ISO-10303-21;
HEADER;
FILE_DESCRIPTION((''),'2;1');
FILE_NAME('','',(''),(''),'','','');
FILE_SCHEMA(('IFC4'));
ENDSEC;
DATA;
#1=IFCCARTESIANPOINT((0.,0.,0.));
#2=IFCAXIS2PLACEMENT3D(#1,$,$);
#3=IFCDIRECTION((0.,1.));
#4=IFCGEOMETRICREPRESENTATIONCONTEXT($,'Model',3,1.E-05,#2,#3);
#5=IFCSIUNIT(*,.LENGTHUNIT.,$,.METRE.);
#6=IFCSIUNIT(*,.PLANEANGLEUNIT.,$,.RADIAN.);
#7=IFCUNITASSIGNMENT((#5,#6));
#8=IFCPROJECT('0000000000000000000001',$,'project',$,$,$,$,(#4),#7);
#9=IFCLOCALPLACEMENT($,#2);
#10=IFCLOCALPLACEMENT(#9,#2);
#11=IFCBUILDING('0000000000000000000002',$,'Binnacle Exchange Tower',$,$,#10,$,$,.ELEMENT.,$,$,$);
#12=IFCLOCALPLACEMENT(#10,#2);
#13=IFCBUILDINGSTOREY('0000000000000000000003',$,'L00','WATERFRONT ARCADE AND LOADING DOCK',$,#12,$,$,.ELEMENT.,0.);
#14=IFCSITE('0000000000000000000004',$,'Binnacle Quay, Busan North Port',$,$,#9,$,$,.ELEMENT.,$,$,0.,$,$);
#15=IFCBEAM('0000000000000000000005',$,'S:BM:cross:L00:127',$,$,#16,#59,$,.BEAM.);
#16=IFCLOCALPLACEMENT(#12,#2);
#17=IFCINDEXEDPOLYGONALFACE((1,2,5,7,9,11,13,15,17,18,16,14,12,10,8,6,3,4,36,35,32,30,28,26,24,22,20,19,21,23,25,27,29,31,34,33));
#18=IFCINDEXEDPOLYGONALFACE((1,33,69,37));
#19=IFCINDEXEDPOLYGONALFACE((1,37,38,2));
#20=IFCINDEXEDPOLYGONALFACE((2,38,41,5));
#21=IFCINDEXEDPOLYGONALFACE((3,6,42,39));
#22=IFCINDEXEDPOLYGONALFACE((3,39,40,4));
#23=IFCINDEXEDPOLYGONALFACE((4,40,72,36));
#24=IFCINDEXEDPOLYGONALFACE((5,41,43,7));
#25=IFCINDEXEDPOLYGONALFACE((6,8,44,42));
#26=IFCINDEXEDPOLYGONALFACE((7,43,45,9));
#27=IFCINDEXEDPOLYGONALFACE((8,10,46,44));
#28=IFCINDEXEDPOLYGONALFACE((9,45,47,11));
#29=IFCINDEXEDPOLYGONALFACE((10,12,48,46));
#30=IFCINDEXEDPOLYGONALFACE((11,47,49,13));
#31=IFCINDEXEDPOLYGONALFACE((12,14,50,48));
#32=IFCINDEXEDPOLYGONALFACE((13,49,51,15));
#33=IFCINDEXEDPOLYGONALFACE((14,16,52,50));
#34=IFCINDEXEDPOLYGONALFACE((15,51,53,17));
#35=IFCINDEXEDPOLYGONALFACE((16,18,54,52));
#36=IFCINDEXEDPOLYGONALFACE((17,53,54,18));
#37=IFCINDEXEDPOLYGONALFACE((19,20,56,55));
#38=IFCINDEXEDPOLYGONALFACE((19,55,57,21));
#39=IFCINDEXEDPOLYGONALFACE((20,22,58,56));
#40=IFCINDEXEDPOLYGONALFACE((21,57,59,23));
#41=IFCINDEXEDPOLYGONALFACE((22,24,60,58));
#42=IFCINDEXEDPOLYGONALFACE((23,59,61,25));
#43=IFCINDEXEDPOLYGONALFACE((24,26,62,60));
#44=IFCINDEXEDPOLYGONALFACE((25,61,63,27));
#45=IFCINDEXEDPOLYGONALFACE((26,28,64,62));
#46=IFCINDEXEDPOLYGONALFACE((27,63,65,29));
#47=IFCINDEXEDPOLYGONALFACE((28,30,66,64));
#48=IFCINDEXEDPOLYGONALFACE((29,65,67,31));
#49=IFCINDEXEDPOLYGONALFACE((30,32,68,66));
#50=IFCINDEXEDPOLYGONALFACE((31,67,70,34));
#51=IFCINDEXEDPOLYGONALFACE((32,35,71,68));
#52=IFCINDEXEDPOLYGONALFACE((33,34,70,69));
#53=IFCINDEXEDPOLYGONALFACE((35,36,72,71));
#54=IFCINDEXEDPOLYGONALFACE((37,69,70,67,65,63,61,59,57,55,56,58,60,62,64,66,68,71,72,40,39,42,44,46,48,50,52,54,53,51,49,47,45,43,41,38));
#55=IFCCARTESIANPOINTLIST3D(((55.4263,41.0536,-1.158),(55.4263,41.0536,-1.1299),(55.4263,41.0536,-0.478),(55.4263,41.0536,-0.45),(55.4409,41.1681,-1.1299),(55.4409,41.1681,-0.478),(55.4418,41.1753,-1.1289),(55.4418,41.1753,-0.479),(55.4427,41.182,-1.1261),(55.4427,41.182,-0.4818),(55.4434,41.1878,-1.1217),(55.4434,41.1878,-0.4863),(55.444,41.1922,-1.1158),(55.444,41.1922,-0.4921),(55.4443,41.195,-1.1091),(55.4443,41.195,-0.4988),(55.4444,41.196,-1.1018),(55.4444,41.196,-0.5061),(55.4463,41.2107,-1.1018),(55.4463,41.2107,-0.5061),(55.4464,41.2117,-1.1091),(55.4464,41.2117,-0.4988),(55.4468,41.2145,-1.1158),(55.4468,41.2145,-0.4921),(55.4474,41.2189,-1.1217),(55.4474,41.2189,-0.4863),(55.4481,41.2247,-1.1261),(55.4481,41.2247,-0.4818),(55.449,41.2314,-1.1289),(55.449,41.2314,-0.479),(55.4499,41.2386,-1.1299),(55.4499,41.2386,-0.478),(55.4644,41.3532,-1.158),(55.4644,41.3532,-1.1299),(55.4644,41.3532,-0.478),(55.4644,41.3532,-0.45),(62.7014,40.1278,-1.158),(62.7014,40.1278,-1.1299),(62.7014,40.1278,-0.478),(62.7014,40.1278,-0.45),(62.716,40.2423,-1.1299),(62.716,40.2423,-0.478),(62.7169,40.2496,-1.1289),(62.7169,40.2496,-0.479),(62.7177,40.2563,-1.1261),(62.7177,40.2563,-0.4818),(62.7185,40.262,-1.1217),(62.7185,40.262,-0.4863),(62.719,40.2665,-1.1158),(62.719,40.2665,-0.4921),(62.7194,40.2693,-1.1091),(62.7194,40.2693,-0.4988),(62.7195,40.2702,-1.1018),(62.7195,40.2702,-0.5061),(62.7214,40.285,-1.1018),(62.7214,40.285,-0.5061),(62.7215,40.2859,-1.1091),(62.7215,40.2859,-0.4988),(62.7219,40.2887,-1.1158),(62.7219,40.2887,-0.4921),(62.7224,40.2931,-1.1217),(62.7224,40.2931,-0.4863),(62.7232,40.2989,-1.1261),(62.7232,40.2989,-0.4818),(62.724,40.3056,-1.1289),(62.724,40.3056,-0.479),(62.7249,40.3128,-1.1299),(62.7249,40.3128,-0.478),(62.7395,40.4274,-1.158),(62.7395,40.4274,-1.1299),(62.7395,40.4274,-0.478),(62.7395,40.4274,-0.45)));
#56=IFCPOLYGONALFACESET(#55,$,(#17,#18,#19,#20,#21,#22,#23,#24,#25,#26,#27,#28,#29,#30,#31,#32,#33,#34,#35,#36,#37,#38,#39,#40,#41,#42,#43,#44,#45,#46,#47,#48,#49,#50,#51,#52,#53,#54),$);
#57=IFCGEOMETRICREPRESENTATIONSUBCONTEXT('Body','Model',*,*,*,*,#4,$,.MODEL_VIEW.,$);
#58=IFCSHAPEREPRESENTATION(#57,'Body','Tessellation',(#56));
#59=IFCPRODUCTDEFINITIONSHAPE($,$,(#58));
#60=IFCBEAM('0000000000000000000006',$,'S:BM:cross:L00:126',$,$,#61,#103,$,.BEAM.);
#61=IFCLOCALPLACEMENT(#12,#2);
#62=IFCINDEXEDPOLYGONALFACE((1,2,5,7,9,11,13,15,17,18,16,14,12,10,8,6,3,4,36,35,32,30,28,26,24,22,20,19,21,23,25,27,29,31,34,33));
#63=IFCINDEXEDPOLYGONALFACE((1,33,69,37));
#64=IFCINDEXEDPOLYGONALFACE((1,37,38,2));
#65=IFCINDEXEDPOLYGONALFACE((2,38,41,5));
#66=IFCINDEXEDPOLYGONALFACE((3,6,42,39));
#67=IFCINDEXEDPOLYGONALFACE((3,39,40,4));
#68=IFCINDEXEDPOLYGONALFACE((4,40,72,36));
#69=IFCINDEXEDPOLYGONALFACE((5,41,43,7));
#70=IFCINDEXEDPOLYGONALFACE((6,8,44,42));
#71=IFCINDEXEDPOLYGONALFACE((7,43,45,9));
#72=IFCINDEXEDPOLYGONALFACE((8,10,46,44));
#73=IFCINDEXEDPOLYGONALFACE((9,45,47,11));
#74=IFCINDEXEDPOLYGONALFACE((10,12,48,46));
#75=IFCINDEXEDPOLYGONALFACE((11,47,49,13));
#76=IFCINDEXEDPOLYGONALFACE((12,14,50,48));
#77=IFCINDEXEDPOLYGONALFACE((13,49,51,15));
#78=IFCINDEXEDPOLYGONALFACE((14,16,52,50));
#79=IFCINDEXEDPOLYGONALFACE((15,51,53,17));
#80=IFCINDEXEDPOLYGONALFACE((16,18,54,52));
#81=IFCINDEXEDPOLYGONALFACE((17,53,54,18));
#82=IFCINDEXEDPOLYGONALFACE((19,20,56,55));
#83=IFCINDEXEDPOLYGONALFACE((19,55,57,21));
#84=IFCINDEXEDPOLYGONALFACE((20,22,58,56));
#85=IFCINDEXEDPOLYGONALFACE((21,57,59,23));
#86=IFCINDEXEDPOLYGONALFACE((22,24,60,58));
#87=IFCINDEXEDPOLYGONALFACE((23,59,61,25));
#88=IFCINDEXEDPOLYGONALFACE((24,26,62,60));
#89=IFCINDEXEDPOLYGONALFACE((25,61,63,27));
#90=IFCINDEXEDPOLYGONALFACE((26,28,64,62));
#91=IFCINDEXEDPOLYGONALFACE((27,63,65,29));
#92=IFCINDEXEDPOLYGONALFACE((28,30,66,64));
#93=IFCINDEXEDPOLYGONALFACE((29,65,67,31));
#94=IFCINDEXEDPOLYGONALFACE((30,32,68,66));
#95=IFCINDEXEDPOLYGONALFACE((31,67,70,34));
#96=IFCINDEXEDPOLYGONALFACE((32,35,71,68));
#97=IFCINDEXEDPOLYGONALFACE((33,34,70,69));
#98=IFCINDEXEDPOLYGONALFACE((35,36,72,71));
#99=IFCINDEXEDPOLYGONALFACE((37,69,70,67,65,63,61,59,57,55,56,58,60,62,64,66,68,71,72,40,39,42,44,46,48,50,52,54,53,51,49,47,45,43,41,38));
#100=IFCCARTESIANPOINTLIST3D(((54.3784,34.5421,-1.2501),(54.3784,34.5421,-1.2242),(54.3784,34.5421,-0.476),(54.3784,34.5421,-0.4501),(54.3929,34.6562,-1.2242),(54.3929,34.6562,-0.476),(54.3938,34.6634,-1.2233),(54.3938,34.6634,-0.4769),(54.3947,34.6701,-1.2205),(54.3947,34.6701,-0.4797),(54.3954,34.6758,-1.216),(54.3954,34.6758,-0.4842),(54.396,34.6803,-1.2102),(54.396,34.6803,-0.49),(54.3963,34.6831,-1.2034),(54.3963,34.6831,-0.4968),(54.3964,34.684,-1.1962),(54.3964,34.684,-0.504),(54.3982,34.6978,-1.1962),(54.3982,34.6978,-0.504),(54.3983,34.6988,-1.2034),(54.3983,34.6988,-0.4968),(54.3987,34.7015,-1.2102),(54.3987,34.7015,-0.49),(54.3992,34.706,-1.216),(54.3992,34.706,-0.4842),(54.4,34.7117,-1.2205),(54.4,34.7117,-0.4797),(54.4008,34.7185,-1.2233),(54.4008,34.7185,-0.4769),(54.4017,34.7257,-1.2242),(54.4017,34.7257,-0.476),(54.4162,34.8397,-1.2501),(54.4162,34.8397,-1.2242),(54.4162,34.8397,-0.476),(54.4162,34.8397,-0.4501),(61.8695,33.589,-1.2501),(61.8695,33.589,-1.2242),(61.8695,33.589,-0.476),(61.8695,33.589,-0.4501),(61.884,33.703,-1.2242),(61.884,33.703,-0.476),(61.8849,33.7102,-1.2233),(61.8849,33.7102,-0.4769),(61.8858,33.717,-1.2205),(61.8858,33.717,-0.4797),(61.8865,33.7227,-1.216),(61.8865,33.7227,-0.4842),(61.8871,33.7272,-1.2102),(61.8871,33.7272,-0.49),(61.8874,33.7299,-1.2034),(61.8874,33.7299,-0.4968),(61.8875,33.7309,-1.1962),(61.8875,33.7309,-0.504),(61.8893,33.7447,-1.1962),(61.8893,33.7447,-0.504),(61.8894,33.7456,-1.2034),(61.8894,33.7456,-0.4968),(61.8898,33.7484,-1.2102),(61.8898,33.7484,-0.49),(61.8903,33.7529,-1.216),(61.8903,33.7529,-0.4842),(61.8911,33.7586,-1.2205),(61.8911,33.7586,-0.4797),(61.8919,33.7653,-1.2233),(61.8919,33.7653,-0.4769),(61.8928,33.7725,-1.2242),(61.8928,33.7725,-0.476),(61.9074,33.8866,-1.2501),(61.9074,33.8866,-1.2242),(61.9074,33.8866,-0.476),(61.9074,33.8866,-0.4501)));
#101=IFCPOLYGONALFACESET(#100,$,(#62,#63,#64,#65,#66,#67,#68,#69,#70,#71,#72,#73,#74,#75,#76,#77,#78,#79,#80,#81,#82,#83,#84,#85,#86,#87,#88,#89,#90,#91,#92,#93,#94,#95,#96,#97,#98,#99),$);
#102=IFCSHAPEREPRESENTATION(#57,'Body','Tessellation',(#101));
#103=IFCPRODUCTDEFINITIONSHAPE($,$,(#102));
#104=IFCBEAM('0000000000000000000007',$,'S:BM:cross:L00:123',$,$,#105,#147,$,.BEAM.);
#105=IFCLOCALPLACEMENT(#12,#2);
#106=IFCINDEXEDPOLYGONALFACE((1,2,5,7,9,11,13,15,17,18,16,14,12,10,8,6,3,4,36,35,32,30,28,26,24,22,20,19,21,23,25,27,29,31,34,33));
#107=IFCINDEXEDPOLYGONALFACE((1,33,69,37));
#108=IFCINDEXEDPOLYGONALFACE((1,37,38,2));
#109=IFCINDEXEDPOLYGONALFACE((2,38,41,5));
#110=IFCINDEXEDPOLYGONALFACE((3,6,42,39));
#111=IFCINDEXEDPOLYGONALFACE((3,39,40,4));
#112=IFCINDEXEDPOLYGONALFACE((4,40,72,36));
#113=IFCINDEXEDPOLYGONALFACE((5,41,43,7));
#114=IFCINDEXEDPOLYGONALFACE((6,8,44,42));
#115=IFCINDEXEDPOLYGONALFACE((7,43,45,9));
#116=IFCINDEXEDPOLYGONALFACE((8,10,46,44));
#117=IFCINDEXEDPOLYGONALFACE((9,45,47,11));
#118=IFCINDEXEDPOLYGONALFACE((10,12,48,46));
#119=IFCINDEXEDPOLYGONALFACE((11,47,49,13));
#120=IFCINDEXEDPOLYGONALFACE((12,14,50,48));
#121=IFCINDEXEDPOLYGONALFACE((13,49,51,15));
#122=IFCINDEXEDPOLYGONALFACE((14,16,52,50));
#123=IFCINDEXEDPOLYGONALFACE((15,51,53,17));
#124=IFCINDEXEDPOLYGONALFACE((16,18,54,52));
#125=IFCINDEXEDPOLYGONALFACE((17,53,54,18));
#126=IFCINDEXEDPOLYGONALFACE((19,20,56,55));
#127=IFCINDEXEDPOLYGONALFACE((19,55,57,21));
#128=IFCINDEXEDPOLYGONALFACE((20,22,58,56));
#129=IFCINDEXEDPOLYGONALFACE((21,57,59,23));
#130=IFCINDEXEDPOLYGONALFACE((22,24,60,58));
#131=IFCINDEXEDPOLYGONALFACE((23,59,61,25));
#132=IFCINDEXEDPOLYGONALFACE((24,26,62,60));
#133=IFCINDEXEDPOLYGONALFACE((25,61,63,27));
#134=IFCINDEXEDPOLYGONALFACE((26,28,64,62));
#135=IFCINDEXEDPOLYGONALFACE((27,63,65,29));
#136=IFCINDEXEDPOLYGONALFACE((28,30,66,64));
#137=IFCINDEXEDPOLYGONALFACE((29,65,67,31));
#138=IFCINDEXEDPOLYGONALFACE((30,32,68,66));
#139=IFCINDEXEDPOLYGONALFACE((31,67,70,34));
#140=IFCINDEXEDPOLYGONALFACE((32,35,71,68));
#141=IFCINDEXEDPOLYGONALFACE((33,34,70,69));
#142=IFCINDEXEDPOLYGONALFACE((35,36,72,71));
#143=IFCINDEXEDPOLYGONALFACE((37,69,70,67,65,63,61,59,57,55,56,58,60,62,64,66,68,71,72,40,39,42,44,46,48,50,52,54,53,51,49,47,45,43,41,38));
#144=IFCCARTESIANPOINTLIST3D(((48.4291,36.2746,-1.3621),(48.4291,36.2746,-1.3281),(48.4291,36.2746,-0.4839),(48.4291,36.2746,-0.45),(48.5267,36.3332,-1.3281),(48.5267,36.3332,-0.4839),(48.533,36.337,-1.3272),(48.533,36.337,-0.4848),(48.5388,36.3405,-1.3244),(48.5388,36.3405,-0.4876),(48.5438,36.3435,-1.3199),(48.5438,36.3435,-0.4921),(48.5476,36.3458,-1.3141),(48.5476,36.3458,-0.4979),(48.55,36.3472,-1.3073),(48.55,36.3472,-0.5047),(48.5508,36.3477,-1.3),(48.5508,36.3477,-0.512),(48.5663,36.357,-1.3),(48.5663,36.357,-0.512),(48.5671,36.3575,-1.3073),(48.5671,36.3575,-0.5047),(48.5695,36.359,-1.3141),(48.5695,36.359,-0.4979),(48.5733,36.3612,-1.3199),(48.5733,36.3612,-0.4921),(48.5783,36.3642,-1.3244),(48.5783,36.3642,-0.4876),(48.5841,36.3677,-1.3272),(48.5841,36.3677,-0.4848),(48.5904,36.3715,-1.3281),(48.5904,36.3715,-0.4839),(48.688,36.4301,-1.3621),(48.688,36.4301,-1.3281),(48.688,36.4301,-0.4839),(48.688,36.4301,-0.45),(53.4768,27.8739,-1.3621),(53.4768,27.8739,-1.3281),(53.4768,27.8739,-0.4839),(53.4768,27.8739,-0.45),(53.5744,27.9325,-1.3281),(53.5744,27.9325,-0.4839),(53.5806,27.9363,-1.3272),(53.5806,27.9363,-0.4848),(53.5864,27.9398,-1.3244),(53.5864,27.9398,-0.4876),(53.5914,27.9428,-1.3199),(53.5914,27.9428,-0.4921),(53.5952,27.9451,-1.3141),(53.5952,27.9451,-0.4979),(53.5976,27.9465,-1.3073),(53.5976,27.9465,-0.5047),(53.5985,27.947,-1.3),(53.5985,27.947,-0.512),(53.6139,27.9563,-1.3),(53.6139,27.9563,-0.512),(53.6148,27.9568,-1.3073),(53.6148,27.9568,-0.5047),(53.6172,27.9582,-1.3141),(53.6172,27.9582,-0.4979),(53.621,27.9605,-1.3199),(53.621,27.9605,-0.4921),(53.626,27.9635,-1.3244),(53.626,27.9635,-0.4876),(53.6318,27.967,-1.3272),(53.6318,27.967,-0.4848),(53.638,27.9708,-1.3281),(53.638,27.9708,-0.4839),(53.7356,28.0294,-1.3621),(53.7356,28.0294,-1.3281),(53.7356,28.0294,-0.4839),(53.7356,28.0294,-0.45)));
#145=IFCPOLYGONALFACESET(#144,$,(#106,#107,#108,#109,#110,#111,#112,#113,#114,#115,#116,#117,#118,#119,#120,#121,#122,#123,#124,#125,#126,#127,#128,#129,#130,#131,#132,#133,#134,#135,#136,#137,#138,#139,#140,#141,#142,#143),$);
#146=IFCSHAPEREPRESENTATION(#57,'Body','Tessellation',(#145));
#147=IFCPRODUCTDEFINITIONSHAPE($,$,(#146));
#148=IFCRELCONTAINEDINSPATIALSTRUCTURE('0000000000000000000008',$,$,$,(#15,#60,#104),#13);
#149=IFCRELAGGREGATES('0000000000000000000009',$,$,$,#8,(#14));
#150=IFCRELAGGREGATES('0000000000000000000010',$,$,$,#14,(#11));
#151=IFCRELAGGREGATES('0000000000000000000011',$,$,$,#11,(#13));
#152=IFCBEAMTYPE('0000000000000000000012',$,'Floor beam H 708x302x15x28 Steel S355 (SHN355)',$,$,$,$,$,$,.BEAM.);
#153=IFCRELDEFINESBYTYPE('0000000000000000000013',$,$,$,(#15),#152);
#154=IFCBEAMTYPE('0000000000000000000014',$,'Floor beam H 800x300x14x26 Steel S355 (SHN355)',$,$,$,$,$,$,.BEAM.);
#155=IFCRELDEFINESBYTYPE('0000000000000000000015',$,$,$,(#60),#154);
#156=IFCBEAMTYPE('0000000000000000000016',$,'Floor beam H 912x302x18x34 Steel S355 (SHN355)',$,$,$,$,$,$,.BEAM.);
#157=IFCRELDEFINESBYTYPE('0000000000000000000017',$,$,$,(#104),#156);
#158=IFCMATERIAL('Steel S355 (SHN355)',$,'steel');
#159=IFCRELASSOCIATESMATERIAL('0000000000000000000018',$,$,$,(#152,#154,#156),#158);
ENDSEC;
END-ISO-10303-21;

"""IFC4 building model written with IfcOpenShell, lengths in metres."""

from ifc_helpers import new_model, si_unit, direction, frame, origin, origin_2d, place, context, subcontext, project, spatial, i_section, extrude, material, material_profile, profile_set, type_object, element, save


model = new_model("IFC4")

# Units and contexts
model_context = context("Model", 3, precision=1e-05, world=origin(), true_north=direction((0.0, 1.0)))
body_context = subcontext(model_context, "Body", "Model", "MODEL_VIEW")
ifc_project = project(units=[si_unit("LENGTHUNIT", "METRE"), si_unit("PLANEANGLEUNIT", "RADIAN")], contexts=[model_context])

# Site, building, storey
site_placement = place(None, origin())
site = spatial("IfcSite", under=ifc_project, at=site_placement, Name="Binnacle Quay, Busan North Port", CompositionType="ELEMENT", RefElevation=0.0)
building_placement = place(site_placement, origin())
building = spatial("IfcBuilding", under=site, at=building_placement, Name="Binnacle Exchange Tower", CompositionType="ELEMENT")
storey_placement = place(building_placement, origin())
storey = spatial("IfcBuildingStorey", under=building, at=storey_placement, Name="L00", Description="WATERFRONT ARCADE AND LOADING DOCK", CompositionType="ELEMENT", Elevation=0.0)

# Beams
ifc_material_1 = material(Name="Steel S355 (SHN355)", Category="steel")
ifc_material_profile_1 = material_profile(ifc_material_1, i_section(OverallWidth=0.302, OverallDepth=0.708, WebThickness=0.0149, FlangeThickness=0.0281, FilletRadius=0.0281, at=origin_2d()), Name="H 708x302x15x28")
ifc_profile_set_1 = profile_set([ifc_material_profile_1], Name="Steel S355 (SHN355)")
beam_type_1 = type_object("IfcBeamType", Name="Floor beam H 708x302x15x28 Steel S355 (SHN355)", PredefinedType="BEAM", material=ifc_profile_set_1)
beam_1_placement = place(storey_placement, frame((62.7205, 40.2776, -0.804), z_axis=(-0.992, 0.126235, 0.0), x_axis=(-0.126235, -0.992, 0.0)))
element("IfcBeam", 1, at=beam_1_placement, inside=storey, type_object=beam_type_1, Name="S:BM:cross:L00:127", PredefinedType="BEAM", context=body_context, shape_type="SweptSolid", body=[
    extrude(i_section(OverallWidth=0.302, OverallDepth=0.708, WebThickness=0.0149, FlangeThickness=0.0281, FilletRadius=0.0281, at=origin_2d()), origin(), (0.0, 0.0, 1.0), 7.3337),
])
ifc_material_profile_2 = material_profile(ifc_material_1, i_section(OverallWidth=0.3, OverallDepth=0.8, WebThickness=0.0139, FlangeThickness=0.0259, FilletRadius=0.0281, at=origin_2d()), Name="H 800x300x14x26")
ifc_profile_set_2 = profile_set([ifc_material_profile_2], Name="Steel S355 (SHN355)")
beam_type_2 = type_object("IfcBeamType", Name="Floor beam H 800x300x14x26 Steel S355 (SHN355)", PredefinedType="BEAM", material=ifc_profile_set_2)
beam_2_placement = place(storey_placement, frame((61.8884, 33.7378, -0.8501), z_axis=(-0.992003, 0.126215, 0.0), x_axis=(-0.126215, -0.992003, 0.0)))
element("IfcBeam", 2, at=beam_2_placement, inside=storey, type_object=beam_type_2, Name="S:BM:cross:L00:126", PredefinedType="BEAM", context=body_context, shape_type="SweptSolid", body=[
    extrude(i_section(OverallWidth=0.3, OverallDepth=0.8, WebThickness=0.0139, FlangeThickness=0.0259, FilletRadius=0.0281, at=origin_2d()), origin(), (0.0, 0.0, 1.0), 7.5515),
])
ifc_material_profile_3 = material_profile(ifc_material_1, i_section(OverallWidth=0.302, OverallDepth=0.9121, WebThickness=0.0181, FlangeThickness=0.0339, FilletRadius=0.0281, at=origin_2d()), Name="H 912x302x18x34")
ifc_profile_set_3 = profile_set([ifc_material_profile_3], Name="Steel S355 (SHN355)")
beam_type_3 = type_object("IfcBeamType", Name="Floor beam H 912x302x18x34 Steel S355 (SHN355)", PredefinedType="BEAM", material=ifc_profile_set_3)
beam_3_placement = place(storey_placement, frame((53.6062, 27.9517, -0.906), z_axis=(-0.515038, 0.857167, 0.0), x_axis=(-0.857167, -0.515038, 0.0)))
element("IfcBeam", 3, at=beam_3_placement, inside=storey, type_object=beam_type_3, Name="S:BM:cross:L00:123", PredefinedType="BEAM", context=body_context, shape_type="SweptSolid", body=[
    extrude(i_section(OverallWidth=0.302, OverallDepth=0.9121, WebThickness=0.0181, FlangeThickness=0.0339, FilletRadius=0.0281, at=origin_2d()), origin(), (0.0, 0.0, 1.0), 9.8005),
])

save(model, "model.ifc")
